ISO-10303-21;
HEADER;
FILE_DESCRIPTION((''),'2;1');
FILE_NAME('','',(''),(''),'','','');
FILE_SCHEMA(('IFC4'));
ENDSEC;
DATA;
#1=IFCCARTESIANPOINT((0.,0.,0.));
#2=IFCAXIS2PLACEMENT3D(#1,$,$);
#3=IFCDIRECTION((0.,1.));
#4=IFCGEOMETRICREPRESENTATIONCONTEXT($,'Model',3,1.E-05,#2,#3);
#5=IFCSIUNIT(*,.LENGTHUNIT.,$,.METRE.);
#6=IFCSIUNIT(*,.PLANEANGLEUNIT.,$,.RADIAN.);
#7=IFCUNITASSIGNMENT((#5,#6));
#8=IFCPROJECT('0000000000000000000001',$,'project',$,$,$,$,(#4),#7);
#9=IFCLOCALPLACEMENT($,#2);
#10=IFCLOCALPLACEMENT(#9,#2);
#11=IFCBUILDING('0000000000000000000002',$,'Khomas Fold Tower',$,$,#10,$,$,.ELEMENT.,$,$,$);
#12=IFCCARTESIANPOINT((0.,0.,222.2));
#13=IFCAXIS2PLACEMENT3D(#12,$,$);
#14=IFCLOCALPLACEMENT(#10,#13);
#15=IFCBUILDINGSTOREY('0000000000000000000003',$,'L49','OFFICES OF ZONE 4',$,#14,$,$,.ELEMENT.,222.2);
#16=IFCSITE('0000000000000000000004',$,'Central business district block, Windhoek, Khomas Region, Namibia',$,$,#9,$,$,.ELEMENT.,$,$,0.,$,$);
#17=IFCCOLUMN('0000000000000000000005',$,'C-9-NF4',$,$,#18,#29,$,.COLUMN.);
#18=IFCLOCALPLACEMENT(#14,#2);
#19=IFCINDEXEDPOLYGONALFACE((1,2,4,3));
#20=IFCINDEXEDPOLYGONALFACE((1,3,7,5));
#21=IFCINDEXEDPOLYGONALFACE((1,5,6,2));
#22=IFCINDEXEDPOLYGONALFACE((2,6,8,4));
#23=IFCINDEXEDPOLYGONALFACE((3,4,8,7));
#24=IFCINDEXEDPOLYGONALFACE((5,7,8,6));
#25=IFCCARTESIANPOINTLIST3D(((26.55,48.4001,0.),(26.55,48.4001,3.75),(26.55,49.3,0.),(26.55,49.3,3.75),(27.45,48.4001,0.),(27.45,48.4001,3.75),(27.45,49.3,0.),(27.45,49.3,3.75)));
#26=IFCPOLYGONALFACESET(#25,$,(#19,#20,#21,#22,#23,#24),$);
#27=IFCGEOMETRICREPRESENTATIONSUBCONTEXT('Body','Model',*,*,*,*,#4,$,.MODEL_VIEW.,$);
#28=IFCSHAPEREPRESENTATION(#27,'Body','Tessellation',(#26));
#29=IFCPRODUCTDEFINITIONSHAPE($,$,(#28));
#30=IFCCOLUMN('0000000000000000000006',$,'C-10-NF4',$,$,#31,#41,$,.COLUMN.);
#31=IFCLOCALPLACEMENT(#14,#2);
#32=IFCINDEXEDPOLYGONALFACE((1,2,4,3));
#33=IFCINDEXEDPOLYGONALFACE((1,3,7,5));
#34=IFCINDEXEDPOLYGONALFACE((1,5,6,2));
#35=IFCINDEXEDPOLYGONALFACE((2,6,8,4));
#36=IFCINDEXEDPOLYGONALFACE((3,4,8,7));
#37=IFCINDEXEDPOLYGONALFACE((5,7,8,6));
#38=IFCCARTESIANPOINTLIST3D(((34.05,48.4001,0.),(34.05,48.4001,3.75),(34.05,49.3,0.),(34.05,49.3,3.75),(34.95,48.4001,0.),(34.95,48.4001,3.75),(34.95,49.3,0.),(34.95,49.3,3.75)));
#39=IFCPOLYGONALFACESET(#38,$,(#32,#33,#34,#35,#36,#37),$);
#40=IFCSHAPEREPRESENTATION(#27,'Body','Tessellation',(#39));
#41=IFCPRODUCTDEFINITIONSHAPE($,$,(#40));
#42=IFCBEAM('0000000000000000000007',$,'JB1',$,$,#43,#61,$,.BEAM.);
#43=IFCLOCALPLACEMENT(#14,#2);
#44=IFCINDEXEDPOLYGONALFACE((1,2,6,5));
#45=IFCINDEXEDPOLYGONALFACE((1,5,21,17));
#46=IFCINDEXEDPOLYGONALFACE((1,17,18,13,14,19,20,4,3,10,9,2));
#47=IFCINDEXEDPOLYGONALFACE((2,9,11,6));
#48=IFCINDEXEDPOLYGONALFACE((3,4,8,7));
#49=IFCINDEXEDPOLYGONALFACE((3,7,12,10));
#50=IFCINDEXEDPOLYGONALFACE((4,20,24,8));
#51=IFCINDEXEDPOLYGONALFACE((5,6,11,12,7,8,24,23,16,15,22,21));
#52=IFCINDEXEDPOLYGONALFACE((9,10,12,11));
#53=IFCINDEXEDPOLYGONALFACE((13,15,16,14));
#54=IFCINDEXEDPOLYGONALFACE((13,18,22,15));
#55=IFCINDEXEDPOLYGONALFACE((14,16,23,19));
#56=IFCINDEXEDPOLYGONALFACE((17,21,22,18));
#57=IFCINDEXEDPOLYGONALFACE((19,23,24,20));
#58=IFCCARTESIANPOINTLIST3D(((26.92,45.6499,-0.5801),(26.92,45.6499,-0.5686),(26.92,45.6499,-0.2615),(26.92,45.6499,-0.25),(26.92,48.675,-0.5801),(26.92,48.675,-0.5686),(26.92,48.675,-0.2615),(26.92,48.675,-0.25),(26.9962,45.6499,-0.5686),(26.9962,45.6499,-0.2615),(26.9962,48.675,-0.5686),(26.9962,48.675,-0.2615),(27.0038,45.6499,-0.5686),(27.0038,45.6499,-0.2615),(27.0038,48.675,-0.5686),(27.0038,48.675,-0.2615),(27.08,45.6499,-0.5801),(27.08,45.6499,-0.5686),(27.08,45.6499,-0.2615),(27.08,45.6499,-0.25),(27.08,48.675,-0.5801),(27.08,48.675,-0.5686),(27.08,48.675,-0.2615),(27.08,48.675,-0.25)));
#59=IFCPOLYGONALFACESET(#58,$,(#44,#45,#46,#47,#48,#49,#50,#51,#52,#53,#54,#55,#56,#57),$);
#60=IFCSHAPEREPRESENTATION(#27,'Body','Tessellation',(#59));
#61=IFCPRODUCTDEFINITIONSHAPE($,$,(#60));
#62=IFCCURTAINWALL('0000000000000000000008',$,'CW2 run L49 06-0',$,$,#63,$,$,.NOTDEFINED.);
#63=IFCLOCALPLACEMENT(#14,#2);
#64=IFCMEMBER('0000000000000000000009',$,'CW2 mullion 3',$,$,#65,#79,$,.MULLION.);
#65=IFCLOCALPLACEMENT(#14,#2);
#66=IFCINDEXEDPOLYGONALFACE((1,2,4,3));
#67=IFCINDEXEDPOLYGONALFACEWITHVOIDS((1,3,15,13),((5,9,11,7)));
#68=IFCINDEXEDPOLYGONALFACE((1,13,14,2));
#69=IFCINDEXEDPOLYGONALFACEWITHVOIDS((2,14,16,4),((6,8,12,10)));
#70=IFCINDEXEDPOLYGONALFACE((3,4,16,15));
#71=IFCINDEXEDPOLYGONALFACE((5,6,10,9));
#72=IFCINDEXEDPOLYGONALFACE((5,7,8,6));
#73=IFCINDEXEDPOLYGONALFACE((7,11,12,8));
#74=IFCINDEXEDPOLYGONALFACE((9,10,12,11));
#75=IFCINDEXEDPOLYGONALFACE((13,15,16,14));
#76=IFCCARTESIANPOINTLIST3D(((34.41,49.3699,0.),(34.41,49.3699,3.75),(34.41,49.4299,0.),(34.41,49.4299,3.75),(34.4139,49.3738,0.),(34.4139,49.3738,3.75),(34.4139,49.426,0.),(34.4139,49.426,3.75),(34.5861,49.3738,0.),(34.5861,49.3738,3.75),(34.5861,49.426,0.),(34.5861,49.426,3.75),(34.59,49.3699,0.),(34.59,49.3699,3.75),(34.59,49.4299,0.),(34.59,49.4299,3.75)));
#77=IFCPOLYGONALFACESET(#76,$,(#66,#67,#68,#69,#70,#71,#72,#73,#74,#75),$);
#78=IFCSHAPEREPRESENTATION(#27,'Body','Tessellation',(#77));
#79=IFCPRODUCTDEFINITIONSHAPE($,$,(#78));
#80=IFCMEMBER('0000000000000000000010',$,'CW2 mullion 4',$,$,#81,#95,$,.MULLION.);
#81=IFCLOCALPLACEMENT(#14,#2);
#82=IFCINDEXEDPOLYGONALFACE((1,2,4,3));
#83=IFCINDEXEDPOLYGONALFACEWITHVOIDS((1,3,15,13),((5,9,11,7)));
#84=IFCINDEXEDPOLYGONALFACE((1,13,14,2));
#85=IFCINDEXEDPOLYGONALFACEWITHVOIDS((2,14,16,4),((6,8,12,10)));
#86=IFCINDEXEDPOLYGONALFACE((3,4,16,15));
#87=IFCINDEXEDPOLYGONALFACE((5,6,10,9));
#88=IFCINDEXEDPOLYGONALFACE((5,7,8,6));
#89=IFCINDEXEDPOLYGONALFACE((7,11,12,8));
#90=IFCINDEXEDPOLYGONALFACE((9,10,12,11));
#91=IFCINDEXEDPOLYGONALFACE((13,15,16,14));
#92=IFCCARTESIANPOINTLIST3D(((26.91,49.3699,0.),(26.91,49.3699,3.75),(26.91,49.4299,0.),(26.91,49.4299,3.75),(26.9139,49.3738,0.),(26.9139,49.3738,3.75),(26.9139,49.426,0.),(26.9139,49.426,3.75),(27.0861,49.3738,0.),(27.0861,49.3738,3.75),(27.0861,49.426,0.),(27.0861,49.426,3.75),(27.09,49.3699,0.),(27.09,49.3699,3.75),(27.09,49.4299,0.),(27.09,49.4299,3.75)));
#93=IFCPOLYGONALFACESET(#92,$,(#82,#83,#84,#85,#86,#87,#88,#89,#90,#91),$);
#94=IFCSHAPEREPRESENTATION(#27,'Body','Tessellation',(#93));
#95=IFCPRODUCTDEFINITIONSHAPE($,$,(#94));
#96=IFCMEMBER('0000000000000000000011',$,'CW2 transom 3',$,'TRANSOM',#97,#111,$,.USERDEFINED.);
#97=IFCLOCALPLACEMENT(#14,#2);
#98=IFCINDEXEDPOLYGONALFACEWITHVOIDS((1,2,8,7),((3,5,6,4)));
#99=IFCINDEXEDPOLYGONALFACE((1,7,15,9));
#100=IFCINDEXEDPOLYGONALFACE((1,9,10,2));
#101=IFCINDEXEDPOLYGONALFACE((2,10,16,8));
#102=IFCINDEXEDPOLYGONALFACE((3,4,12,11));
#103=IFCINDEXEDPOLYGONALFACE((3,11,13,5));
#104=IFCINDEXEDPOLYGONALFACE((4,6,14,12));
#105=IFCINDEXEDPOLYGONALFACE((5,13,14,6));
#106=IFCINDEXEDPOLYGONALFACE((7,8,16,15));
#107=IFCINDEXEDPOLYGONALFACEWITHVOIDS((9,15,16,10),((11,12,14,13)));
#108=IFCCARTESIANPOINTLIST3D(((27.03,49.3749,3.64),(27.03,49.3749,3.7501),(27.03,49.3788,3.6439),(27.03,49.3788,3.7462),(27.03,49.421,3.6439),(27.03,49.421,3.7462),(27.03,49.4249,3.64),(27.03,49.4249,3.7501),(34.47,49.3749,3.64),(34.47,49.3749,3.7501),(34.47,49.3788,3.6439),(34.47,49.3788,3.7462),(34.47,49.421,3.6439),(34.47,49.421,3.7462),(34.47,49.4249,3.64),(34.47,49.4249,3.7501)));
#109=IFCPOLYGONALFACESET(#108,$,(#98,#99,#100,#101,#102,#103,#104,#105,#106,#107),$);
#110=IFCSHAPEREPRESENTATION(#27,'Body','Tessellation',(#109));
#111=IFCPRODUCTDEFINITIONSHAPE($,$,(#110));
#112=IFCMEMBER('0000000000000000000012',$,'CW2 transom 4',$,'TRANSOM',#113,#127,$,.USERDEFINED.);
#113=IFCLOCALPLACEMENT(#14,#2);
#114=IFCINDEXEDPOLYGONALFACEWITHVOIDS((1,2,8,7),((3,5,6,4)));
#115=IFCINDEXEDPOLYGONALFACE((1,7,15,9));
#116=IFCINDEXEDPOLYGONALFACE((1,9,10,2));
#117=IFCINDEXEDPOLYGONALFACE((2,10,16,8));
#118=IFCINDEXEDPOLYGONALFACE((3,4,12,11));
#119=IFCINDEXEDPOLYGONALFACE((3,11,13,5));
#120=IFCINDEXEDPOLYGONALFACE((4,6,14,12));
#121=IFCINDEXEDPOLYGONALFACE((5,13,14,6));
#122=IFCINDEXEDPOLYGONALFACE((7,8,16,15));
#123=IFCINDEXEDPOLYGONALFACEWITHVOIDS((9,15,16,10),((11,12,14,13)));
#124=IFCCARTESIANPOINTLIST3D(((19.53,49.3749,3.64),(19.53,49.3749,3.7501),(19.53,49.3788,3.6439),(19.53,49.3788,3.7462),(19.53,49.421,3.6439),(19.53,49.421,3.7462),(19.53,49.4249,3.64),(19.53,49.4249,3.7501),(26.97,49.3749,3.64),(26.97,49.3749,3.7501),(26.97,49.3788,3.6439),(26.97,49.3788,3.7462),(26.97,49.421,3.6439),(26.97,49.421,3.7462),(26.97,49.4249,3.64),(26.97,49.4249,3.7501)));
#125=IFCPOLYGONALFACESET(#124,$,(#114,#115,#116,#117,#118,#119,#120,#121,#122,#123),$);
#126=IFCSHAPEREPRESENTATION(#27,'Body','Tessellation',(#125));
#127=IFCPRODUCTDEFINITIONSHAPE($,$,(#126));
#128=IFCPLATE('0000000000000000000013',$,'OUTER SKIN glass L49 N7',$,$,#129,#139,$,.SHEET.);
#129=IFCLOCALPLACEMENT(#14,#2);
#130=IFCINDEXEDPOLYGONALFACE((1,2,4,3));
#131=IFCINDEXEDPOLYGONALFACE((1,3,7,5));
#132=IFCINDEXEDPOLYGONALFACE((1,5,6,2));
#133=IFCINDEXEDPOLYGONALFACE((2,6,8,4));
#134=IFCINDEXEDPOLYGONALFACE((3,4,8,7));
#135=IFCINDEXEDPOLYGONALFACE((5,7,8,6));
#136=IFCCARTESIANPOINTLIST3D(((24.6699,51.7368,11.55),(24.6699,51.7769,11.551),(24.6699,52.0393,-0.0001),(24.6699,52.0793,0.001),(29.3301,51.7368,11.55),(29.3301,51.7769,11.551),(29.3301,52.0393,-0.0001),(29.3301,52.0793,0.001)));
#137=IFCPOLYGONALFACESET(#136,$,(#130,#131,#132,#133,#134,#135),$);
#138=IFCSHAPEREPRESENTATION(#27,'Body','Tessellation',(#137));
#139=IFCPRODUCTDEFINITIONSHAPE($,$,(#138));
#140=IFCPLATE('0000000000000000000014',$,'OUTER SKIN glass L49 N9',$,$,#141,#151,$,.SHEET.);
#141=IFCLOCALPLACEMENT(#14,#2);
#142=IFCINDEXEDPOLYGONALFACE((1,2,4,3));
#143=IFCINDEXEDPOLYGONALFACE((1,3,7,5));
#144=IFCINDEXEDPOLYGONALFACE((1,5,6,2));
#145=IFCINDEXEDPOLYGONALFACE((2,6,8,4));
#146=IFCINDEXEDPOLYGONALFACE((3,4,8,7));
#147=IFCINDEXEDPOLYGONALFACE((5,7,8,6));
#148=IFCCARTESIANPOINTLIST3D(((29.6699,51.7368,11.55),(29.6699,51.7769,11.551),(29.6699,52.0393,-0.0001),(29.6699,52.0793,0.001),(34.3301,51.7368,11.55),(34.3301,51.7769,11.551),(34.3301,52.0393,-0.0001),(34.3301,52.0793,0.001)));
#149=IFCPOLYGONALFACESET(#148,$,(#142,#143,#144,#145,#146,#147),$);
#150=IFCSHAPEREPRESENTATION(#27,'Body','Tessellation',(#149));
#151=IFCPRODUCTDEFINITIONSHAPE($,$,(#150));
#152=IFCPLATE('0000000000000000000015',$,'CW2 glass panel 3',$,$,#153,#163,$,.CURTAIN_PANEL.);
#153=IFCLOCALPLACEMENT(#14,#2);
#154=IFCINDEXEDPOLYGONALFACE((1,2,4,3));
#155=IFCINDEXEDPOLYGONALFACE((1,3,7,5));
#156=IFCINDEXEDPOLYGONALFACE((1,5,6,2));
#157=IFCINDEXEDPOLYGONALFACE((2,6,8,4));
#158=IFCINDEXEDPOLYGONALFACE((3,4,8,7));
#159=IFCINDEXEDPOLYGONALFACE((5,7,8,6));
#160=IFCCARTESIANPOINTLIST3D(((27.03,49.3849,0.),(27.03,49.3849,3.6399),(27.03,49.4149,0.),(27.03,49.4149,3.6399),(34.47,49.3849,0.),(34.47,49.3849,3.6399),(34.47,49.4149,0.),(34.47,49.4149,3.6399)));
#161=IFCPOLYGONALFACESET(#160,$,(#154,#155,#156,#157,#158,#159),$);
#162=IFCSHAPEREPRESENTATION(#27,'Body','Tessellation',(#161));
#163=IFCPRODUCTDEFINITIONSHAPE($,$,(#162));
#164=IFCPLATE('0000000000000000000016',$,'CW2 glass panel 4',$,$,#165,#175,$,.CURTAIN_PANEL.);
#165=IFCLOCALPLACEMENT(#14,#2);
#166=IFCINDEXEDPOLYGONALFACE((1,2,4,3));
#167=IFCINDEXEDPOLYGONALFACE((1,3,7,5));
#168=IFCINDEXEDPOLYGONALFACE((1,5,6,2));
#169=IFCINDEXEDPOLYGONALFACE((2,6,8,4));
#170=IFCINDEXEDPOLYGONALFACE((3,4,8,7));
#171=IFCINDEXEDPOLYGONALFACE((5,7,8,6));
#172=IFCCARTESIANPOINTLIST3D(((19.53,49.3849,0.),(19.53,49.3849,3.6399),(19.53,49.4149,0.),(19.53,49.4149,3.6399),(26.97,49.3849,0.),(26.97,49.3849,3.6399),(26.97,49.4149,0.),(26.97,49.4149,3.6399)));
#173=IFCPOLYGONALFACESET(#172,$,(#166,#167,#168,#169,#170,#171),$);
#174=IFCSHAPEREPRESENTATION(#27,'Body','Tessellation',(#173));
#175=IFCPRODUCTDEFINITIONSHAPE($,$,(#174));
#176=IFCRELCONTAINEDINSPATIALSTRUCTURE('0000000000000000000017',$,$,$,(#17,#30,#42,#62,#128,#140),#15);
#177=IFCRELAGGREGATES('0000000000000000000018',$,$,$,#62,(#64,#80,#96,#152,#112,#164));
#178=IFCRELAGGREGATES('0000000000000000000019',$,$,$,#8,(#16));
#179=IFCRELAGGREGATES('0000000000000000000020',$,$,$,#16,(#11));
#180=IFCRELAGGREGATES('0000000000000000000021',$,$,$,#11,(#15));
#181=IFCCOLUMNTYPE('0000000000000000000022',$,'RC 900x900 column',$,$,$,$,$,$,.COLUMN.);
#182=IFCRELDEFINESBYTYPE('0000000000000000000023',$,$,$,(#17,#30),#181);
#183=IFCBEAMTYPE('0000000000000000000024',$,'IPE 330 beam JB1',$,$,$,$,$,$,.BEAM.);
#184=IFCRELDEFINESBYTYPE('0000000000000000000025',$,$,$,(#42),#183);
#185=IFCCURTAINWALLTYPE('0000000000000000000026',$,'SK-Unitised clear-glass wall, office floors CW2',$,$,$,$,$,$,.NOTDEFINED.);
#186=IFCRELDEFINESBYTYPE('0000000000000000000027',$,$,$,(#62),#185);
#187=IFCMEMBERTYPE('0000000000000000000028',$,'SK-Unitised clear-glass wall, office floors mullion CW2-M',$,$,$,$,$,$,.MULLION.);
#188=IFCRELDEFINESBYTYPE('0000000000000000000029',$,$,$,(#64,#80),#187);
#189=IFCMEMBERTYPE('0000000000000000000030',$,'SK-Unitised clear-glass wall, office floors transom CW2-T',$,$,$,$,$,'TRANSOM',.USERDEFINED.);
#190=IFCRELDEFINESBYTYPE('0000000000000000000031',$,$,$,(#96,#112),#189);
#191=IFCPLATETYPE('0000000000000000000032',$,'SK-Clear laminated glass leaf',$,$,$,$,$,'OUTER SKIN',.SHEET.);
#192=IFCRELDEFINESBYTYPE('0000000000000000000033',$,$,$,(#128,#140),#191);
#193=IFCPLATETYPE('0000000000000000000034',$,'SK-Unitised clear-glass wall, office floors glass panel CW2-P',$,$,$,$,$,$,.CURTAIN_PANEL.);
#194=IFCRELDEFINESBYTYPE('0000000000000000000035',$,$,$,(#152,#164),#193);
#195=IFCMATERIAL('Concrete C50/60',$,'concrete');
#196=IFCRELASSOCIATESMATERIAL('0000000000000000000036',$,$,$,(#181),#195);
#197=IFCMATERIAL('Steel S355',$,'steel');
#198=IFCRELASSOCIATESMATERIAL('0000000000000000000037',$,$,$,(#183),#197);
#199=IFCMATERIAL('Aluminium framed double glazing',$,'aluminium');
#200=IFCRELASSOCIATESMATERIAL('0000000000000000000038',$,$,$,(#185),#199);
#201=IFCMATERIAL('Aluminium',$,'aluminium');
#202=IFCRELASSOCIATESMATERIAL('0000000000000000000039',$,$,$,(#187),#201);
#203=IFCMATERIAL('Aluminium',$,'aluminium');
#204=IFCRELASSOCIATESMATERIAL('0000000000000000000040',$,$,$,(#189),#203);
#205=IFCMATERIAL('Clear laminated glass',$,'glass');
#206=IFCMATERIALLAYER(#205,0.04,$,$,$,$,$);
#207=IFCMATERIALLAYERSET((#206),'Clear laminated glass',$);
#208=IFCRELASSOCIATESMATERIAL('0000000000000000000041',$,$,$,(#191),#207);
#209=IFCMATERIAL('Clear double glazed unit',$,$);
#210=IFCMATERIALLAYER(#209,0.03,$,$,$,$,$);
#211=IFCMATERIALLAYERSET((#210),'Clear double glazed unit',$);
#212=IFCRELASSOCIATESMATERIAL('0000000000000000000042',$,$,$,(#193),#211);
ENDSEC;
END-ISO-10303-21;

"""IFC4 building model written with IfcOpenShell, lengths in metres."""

from ifc_helpers import new_model, si_unit, direction, frame, origin, origin_2d, place, context, subcontext, project, spatial, polyline, rectangle, hollow_rectangle, i_section, outline, extrude, source, transform, mapped, material, layer, layer_set, material_profile, profile_set, type_object, element, aggregate, save


model = new_model("IFC4")

# Units and contexts
model_context = context("Model", 3, precision=1e-05, world=origin(), true_north=direction((0.0, 1.0)))
body_context = subcontext(model_context, "Body", "Model", "MODEL_VIEW")
ifc_project = project(units=[si_unit("LENGTHUNIT", "METRE"), si_unit("PLANEANGLEUNIT", "RADIAN")], contexts=[model_context])

# Site, building, storey
site_placement = place(None, origin())
site = spatial("IfcSite", under=ifc_project, at=site_placement, Name="Central business district block, Windhoek, Khomas Region, Namibia", CompositionType="ELEMENT", RefElevation=0.0)
building_placement = place(site_placement, origin())
building = spatial("IfcBuilding", under=site, at=building_placement, Name="Khomas Fold Tower", CompositionType="ELEMENT")
storey_placement = place(building_placement, frame((0.0, 0.0, 222.2)))
storey = spatial("IfcBuildingStorey", under=building, at=storey_placement, Name="L49", Description="OFFICES OF ZONE 4", CompositionType="ELEMENT", Elevation=222.2)

# Columns
ifc_material_1 = material(Name="Concrete C50/60", Category="concrete")
ifc_material_profile_1 = material_profile(ifc_material_1, rectangle(XDim=0.8999, YDim=0.8999, at=origin_2d()), Name="RC 900x900")
ifc_profile_set_1 = profile_set([ifc_material_profile_1], Name="Concrete C50/60")
column_type = type_object("IfcColumnType", Name="RC 900x900 column", PredefinedType="COLUMN", material=ifc_profile_set_1)
shared_shape_1 = source(origin(), body_context, "Body", "SweptSolid", [
    extrude(rectangle(XDim=0.8999, YDim=0.8999, at=origin_2d()), origin(), (0.0, 0.0, 1.0), 3.75),
])
for number, where, z_axis, x_axis, name in (
    (1, (27.0, 48.8501, 0.0), (0.0, 0.0, 1.0), (1.0, 0.0, 0.0), "C-9-NF4"),
    (2, (34.5, 48.8501, 0.0), (0.0, 0.0, 1.0), (1.0, 0.0, 0.0), "C-10-NF4"),
):
    element("IfcColumn", number, at=place(storey_placement, frame(where, z_axis=z_axis, x_axis=x_axis)), inside=storey, type_object=column_type, Name=name, PredefinedType="COLUMN", context=body_context, shape_type="MappedRepresentation", body=[
        mapped(shared_shape_1, transform((0.0, 0.0, 0.0))),
    ])

# Beam
ifc_material_2 = material(Name="Steel S355", Category="steel")
ifc_material_profile_2 = material_profile(ifc_material_2, i_section(OverallWidth=0.1599, OverallDepth=0.3301, WebThickness=0.0076, FlangeThickness=0.0115, at=origin_2d()), Name="IPE 330")
ifc_profile_set_2 = profile_set([ifc_material_profile_2], Name="Steel S355")
beam_type = type_object("IfcBeamType", Name="IPE 330 beam JB1", PredefinedType="BEAM", material=ifc_profile_set_2)
shared_shape_2 = source(origin(), body_context, "Body", "SweptSolid", [
    extrude(i_section(OverallWidth=0.1599, OverallDepth=0.3301, WebThickness=0.0076, FlangeThickness=0.0115, at=origin_2d()), origin(), (0.0, 0.0, 1.0), 3.0251),
])
beam_placement = place(storey_placement, frame((27.0, 45.6499, -0.415), z_axis=(0.0, 1.0, 0.0), x_axis=(-1.0, 0.0, 0.0)))
element("IfcBeam", 3, at=beam_placement, inside=storey, type_object=beam_type, Name="JB1", PredefinedType="BEAM", context=body_context, shape_type="MappedRepresentation", body=[
    mapped(shared_shape_2, transform((0.0, 0.0, 0.0))),
])

# Curtain wall, members
ifc_material_3 = material(Name="Aluminium framed double glazing", Category="aluminium")
curtain_wall_type = type_object("IfcCurtainWallType", Name="SK-Unitised clear-glass wall, office floors CW2", PredefinedType="NOTDEFINED", material=ifc_material_3)
curtain_wall_placement = place(storey_placement, origin())
curtain_wall = element("IfcCurtainWall", 4, at=curtain_wall_placement, inside=storey, type_object=curtain_wall_type, Name="CW2 run L49 06-0", PredefinedType="NOTDEFINED")
ifc_material_4 = material(Name="Aluminium", Category="aluminium")
ifc_material_profile_3 = material_profile(ifc_material_4, hollow_rectangle(XDim=0.0601, YDim=0.1799, WallThickness=0.0039, at=origin_2d()), Name="SK-Unitised clear-glass wall, office floors mullion CW2-M")
ifc_profile_set_3 = profile_set([ifc_material_profile_3], Name="Aluminium")
member_type_1 = type_object("IfcMemberType", Name="SK-Unitised clear-glass wall, office floors mullion CW2-M", PredefinedType="MULLION", material=ifc_profile_set_3)
shared_shape_3 = source(origin(), body_context, "Body", "SweptSolid", [
    extrude(hollow_rectangle(XDim=0.0601, YDim=0.1799, WallThickness=0.0039, at=origin_2d()), origin(), (0.0, 0.0, 1.0), 3.75),
])
member_1_placement = place(storey_placement, frame((34.5, 49.3999, 0.0), z_axis=(0.0, 0.0, 1.0), x_axis=(0.0, -1.0, 0.0)))
member_1 = element("IfcMember", 5, at=member_1_placement, type_object=member_type_1, Name="CW2 mullion 3", PredefinedType="MULLION", context=body_context, shape_type="MappedRepresentation", body=[
    mapped(shared_shape_3, transform((0.0, 0.0, 0.0))),
])
member_2_placement = place(storey_placement, frame((27.0, 49.3999, 0.0), z_axis=(0.0, 0.0, 1.0), x_axis=(0.0, -1.0, 0.0)))
member_2 = element("IfcMember", 6, at=member_2_placement, type_object=member_type_1, Name="CW2 mullion 4", PredefinedType="MULLION", context=body_context, shape_type="MappedRepresentation", body=[
    mapped(shared_shape_3, transform((0.0, 0.0, 0.0))),
])
ifc_material_5 = material(Name="Aluminium", Category="aluminium")
ifc_material_profile_4 = material_profile(ifc_material_5, hollow_rectangle(XDim=0.05, YDim=0.1101, WallThickness=0.0039, at=origin_2d()), Name="SK-Unitised clear-glass wall, office floors transom CW2-T")
ifc_profile_set_4 = profile_set([ifc_material_profile_4], Name="Aluminium")
member_type_2 = type_object("IfcMemberType", Name="SK-Unitised clear-glass wall, office floors transom CW2-T", ElementType="TRANSOM", PredefinedType="USERDEFINED", material=ifc_profile_set_4)
shared_shape_4 = source(origin(), body_context, "Body", "SweptSolid", [
    extrude(hollow_rectangle(XDim=0.05, YDim=0.1101, WallThickness=0.0039, at=origin_2d()), origin(), (0.0, 0.0, 1.0), 7.4399),
])
member_3_placement = place(storey_placement, frame((34.47, 49.3999, 3.6951), z_axis=(-1.0, 0.0, 0.0), x_axis=(0.0, -1.0, 0.0)))
member_3 = element("IfcMember", 7, at=member_3_placement, type_object=member_type_2, Name="CW2 transom 3", ObjectType="TRANSOM", PredefinedType="USERDEFINED", context=body_context, shape_type="MappedRepresentation", body=[
    mapped(shared_shape_4, transform((0.0, 0.0, 0.0))),
])
member_4_placement = place(storey_placement, frame((26.97, 49.3999, 3.6951), z_axis=(-1.0, 0.0, 0.0), x_axis=(0.0, -1.0, 0.0)))
member_4 = element("IfcMember", 8, at=member_4_placement, type_object=member_type_2, Name="CW2 transom 4", ObjectType="TRANSOM", PredefinedType="USERDEFINED", context=body_context, shape_type="MappedRepresentation", body=[
    mapped(shared_shape_4, transform((0.0, 0.0, 0.0))),
])

# Plates
ifc_material_6 = material(Name="Clear laminated glass", Category="glass")
ifc_layer_1 = layer(ifc_material_6, 0.04)
ifc_layer_set_1 = layer_set([ifc_layer_1], Name="Clear laminated glass")
plate_type_1 = type_object("IfcPlateType", Name="SK-Clear laminated glass leaf", ElementType="OUTER SKIN", PredefinedType="SHEET", material=ifc_layer_set_1)
for number, where, z_axis, x_axis, name in (
    (9, (24.6699, 52.0793, 0.001), (0.0, 0.999657, 0.026181), (1.0, 0.0, 0.0), "OUTER SKIN glass L49 N7"),
    (10, (29.6699, 52.0793, 0.001), (0.0, 0.999657, 0.026181), (1.0, 0.0, 0.0), "OUTER SKIN glass L49 N9"),
):
    element("IfcPlate", number, at=place(storey_placement, frame(where, z_axis=z_axis, x_axis=x_axis)), inside=storey, type_object=plate_type_1, Name=name, PredefinedType="SHEET", context=body_context, shape_type="SweptSolid", body=[
        extrude(outline(polyline([(0.0, 0.0), (4.6602, 0.0), (4.6602, -11.554), (0.0, -11.554), (0.0, 0.0)])), origin(), (0.0, 0.0, -1.0), 0.04),
    ])

# Plates
ifc_material_7 = material(Name="Clear double glazed unit")
ifc_layer_2 = layer(ifc_material_7, 0.03)
ifc_layer_set_2 = layer_set([ifc_layer_2], Name="Clear double glazed unit")
plate_type_2 = type_object("IfcPlateType", Name="SK-Unitised clear-glass wall, office floors glass panel CW2-P", PredefinedType="CURTAIN_PANEL", material=ifc_layer_set_2)
shared_shape_5 = source(origin(), body_context, "Body", "SweptSolid", [
    extrude(rectangle(XDim=7.4399, YDim=0.03, at=origin_2d()), origin(), (0.0, 0.0, 1.0), 3.6399),
])
plate_1_placement = place(storey_placement, frame((30.75, 49.3999, 0.0), z_axis=(0.0, 0.0, 1.0), x_axis=(-1.0, 0.0, 0.0)))
plate_1 = element("IfcPlate", 11, at=plate_1_placement, type_object=plate_type_2, Name="CW2 glass panel 3", PredefinedType="CURTAIN_PANEL", context=body_context, shape_type="MappedRepresentation", body=[
    mapped(shared_shape_5, transform((0.0, 0.0, 0.0))),
])
plate_2_placement = place(storey_placement, frame((23.25, 49.3999, 0.0), z_axis=(0.0, 0.0, 1.0), x_axis=(-1.0, 0.0, 0.0)))
plate_2 = element("IfcPlate", 12, at=plate_2_placement, type_object=plate_type_2, Name="CW2 glass panel 4", PredefinedType="CURTAIN_PANEL", context=body_context, shape_type="MappedRepresentation", body=[
    mapped(shared_shape_5, transform((0.0, 0.0, 0.0))),
])
aggregate(curtain_wall, [member_1, member_2, member_3, plate_1, member_4, plate_2])

save(model, "model.ifc")
